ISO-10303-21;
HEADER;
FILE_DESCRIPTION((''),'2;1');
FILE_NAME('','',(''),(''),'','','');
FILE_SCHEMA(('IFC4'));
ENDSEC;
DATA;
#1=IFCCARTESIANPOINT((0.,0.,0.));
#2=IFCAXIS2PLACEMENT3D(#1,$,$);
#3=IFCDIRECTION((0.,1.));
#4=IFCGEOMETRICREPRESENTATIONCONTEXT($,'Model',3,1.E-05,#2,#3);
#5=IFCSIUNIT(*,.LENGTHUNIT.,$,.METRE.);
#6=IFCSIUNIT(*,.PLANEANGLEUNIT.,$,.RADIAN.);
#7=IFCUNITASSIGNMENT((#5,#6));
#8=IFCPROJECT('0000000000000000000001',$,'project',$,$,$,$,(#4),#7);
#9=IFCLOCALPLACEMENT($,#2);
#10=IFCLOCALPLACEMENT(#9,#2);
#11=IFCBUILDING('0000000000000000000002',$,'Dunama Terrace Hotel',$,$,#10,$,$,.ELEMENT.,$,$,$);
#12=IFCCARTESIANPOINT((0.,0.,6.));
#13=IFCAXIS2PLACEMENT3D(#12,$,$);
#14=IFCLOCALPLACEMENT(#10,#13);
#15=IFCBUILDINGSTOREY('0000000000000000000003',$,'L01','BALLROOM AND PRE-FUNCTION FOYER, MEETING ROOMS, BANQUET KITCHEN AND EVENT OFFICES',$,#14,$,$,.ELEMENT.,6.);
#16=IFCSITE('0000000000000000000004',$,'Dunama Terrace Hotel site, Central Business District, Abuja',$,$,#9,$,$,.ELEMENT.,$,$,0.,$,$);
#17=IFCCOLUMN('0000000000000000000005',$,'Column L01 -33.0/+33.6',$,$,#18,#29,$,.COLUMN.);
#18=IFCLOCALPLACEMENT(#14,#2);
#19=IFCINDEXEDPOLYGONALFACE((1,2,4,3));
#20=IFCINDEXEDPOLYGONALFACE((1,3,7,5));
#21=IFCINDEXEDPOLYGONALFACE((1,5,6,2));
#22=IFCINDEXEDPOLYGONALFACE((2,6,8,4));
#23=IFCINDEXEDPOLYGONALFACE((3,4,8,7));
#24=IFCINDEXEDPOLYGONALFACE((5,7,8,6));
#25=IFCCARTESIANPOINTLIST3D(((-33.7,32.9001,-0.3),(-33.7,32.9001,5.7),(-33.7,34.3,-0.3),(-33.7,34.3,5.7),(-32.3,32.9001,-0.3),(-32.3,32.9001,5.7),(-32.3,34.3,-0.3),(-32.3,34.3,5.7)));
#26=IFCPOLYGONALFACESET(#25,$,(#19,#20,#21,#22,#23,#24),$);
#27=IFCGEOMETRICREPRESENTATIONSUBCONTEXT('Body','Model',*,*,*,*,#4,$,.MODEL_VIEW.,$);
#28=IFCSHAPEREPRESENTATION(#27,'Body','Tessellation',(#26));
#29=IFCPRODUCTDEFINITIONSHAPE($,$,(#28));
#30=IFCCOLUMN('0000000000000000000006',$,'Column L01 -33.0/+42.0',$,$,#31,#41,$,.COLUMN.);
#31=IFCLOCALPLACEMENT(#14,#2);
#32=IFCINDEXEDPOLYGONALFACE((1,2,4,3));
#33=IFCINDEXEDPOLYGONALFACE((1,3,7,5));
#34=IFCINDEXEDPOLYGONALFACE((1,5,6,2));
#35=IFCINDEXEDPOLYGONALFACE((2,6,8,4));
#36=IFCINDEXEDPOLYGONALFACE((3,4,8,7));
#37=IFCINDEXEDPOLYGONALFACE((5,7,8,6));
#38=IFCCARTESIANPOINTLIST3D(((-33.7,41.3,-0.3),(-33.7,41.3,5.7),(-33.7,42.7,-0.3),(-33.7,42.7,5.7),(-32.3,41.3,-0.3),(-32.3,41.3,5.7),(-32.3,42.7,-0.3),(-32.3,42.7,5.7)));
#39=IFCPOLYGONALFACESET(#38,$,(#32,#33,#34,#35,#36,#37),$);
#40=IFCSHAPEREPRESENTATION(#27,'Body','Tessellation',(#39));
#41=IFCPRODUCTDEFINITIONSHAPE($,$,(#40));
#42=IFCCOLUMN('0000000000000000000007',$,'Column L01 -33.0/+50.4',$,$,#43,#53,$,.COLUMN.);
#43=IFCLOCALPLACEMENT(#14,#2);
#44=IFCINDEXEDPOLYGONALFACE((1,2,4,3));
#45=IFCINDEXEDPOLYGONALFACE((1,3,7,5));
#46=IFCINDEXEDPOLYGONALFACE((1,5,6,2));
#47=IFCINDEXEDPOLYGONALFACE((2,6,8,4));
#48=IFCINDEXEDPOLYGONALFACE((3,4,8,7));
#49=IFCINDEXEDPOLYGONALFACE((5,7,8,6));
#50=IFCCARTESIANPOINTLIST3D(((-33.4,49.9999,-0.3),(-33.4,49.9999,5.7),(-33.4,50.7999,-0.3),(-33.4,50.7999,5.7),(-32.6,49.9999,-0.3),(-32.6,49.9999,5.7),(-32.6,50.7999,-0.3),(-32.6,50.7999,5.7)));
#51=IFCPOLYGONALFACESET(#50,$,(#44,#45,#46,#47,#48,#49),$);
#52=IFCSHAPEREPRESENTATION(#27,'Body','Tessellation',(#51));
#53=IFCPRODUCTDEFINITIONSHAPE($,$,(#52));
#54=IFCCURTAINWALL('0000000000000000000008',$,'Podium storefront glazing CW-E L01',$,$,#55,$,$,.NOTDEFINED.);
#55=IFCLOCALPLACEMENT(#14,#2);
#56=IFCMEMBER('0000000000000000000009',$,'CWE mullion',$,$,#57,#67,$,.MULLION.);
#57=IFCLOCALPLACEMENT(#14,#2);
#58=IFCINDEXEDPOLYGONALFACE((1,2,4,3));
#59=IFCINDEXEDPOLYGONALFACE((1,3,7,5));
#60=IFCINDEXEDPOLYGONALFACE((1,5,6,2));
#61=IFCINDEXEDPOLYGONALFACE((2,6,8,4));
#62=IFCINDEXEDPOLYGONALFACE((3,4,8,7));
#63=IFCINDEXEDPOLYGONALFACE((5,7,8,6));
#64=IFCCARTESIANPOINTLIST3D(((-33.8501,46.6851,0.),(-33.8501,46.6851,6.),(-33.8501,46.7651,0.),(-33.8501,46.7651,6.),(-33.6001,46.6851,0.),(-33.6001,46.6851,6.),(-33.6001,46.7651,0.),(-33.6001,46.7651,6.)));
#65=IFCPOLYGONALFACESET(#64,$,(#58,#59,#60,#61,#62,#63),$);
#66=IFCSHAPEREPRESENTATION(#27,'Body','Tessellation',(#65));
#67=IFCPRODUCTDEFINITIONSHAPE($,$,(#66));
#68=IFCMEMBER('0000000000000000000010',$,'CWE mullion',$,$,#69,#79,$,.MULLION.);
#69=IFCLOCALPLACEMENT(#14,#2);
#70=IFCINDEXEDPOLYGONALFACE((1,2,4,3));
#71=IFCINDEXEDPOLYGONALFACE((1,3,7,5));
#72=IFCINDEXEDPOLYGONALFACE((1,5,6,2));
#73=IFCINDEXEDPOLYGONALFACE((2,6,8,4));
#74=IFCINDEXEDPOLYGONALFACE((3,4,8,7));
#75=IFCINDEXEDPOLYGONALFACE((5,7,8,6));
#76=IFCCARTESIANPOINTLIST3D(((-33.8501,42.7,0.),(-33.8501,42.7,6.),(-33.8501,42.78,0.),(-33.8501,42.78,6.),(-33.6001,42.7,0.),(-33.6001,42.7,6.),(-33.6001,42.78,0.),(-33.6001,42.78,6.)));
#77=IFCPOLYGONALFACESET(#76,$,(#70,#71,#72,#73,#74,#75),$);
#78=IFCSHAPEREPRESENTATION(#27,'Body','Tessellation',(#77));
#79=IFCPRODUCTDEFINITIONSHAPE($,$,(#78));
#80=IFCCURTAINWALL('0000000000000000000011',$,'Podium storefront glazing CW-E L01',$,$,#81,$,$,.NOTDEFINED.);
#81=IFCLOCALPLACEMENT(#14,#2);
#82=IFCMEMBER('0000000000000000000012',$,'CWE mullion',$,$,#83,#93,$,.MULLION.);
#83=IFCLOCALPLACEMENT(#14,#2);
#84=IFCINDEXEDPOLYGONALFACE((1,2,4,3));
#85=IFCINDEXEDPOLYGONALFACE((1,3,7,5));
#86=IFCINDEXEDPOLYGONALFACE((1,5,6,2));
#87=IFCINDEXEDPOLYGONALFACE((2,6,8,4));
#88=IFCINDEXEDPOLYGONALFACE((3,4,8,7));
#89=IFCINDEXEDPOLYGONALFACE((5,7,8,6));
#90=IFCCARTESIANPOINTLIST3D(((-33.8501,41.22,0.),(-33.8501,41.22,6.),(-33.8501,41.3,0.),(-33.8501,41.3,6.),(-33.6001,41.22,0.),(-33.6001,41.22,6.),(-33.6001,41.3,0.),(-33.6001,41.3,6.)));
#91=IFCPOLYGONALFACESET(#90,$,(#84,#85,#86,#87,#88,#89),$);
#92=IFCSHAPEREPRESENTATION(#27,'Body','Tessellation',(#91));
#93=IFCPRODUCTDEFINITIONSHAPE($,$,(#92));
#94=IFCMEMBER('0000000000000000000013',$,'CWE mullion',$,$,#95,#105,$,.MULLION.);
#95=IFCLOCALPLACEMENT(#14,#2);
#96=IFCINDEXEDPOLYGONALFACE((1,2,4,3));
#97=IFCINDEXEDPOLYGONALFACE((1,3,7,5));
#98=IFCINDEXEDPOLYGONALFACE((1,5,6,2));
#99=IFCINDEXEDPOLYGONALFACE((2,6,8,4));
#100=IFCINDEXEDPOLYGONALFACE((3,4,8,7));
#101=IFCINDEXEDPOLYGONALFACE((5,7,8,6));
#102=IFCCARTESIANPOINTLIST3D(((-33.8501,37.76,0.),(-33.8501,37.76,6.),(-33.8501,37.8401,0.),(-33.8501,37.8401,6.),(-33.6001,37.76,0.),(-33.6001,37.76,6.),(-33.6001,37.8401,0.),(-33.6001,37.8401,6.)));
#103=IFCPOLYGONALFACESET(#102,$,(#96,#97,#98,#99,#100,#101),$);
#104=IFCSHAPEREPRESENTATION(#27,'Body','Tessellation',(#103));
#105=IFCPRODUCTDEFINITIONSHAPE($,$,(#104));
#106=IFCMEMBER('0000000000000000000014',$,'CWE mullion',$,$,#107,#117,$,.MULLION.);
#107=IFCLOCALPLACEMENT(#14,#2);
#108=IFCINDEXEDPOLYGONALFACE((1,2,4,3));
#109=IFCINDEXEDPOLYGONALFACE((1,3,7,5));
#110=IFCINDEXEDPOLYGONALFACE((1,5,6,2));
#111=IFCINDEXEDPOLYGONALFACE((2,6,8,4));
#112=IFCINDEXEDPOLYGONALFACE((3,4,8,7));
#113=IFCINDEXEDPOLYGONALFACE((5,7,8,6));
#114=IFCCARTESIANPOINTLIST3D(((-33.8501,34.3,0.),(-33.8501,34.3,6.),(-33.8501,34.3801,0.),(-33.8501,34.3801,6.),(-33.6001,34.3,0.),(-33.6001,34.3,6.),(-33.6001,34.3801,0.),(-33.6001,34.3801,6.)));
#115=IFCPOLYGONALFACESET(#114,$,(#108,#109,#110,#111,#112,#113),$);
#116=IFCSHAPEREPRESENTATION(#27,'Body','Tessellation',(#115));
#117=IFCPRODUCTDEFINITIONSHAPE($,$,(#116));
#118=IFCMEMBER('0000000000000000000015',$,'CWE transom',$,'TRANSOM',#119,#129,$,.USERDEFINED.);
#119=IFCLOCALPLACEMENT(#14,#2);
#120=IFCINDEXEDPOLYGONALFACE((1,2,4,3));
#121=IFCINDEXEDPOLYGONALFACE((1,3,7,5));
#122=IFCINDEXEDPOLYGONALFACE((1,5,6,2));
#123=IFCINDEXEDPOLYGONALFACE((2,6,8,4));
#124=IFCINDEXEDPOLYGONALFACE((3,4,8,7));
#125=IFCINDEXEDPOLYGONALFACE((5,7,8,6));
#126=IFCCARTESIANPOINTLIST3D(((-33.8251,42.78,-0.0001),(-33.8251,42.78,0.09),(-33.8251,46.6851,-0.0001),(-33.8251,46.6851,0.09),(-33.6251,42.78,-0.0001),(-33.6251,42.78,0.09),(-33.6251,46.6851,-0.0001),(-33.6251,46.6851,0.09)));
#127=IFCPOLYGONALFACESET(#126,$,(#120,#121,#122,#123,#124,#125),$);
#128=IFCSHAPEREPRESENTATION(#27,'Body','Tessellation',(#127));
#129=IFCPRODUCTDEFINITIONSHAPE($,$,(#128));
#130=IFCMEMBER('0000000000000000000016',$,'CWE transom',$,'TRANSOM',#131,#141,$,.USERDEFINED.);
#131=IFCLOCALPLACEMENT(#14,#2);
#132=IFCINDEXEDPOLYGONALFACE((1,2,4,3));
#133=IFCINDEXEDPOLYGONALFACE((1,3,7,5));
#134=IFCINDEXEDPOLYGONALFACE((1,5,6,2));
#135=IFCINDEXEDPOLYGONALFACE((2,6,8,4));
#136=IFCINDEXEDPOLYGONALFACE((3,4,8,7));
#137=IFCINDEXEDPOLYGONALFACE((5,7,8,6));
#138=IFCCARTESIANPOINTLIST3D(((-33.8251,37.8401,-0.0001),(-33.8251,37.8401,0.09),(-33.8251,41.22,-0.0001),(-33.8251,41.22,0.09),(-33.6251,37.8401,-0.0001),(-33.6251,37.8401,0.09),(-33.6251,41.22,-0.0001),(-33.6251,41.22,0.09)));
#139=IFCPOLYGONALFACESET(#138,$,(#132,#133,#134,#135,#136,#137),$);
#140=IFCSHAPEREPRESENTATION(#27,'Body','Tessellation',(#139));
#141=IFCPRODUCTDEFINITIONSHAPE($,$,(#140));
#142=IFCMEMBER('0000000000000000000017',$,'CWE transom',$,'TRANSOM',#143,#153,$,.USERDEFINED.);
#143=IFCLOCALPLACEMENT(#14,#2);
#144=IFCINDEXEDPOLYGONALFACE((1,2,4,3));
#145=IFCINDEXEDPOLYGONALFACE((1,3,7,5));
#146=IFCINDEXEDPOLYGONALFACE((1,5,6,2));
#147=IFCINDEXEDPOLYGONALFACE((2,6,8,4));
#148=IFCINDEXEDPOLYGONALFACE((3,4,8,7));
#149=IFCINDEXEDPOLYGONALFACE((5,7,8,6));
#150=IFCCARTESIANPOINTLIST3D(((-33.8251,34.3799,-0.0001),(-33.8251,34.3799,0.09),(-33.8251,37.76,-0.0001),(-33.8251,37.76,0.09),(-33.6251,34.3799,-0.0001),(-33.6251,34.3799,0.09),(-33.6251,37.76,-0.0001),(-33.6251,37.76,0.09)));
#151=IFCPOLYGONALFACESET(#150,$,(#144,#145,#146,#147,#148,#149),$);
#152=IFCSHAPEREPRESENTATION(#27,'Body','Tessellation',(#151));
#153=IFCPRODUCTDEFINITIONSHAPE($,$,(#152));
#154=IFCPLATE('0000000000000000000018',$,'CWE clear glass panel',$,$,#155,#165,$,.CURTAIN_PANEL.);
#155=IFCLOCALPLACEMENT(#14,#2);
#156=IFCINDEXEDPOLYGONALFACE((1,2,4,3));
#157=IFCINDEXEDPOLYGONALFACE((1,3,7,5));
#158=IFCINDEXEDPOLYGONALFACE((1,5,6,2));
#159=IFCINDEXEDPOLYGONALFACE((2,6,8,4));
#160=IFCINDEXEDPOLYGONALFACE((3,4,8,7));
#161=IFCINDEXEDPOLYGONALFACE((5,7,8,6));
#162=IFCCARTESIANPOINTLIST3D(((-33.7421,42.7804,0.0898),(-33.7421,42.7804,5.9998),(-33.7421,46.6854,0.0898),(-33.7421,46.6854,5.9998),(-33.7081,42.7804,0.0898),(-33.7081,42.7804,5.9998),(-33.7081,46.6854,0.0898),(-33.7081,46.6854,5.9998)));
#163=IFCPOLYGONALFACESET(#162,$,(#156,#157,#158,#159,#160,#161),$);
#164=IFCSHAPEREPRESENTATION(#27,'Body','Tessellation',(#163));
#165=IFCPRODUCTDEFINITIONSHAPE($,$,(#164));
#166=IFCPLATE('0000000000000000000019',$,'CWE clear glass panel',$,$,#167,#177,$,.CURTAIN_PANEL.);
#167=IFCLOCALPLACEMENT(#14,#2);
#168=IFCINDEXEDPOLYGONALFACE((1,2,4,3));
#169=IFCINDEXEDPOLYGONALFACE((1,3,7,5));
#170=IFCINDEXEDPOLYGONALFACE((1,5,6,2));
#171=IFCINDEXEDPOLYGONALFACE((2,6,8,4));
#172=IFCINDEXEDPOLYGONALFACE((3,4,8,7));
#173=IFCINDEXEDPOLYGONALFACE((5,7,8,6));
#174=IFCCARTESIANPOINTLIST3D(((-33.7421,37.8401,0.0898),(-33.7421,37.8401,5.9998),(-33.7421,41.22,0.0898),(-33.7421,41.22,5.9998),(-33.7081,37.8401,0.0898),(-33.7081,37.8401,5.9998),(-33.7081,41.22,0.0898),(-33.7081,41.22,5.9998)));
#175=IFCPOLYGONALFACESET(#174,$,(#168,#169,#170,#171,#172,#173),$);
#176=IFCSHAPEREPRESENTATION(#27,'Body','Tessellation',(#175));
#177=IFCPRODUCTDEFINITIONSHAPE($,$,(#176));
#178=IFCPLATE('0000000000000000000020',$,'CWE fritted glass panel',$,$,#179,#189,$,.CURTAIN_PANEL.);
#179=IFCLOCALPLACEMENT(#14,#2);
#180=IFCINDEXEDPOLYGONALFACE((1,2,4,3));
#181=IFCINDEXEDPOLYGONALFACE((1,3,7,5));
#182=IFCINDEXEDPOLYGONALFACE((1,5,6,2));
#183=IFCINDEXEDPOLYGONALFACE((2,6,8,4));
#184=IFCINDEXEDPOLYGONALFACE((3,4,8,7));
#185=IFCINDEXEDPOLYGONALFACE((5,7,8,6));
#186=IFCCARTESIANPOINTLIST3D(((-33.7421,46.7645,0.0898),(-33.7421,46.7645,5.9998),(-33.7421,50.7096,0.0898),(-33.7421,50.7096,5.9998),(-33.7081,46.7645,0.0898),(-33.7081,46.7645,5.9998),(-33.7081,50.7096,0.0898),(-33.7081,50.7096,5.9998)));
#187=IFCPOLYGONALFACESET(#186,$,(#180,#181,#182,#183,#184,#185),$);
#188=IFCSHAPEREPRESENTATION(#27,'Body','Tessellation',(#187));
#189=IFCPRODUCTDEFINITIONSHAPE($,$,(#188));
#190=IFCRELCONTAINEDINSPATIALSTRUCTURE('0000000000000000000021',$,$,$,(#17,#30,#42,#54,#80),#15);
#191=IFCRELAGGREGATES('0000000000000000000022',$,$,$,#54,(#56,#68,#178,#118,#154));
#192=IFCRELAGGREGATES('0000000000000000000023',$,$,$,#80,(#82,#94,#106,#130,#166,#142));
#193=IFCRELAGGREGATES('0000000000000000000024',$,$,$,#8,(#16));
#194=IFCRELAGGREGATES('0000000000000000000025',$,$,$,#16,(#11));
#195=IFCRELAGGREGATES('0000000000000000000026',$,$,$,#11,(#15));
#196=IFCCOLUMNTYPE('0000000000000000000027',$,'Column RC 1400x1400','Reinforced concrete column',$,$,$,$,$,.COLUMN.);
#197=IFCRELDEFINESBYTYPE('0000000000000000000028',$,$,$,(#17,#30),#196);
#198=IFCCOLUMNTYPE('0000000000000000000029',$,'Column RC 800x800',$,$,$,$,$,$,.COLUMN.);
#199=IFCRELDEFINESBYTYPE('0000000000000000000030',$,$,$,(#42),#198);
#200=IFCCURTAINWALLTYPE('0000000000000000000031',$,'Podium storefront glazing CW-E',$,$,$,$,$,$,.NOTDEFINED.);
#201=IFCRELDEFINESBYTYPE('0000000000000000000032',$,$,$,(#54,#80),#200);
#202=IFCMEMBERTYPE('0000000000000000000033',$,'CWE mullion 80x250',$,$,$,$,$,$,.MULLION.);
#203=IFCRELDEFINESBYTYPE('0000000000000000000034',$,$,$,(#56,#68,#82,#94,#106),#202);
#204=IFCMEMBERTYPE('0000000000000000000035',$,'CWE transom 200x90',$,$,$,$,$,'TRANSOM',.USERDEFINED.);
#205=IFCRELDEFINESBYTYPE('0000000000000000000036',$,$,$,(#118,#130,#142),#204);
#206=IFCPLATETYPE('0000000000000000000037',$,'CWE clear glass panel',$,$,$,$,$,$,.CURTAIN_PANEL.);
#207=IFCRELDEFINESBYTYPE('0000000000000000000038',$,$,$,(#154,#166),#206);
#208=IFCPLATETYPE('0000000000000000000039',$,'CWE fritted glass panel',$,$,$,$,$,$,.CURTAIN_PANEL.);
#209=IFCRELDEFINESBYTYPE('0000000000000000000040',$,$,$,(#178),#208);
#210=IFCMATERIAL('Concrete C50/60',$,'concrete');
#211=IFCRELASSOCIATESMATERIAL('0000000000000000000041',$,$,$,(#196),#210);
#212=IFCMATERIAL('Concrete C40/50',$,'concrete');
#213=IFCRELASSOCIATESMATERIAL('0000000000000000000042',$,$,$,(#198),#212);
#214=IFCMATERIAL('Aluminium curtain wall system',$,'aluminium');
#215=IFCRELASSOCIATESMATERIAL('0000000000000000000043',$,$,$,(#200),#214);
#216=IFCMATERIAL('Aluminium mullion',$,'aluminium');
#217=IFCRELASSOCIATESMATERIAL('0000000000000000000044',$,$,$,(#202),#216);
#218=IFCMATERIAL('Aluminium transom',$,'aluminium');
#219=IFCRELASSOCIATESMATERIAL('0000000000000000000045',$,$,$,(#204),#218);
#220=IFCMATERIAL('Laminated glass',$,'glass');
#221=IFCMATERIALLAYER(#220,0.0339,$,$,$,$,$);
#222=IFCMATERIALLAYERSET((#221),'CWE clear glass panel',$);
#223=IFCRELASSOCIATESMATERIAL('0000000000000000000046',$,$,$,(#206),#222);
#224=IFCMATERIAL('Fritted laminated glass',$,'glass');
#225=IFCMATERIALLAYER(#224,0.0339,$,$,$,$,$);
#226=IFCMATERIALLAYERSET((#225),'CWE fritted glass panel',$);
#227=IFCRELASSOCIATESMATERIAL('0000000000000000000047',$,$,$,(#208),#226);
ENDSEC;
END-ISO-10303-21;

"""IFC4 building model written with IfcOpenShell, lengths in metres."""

from ifc_helpers import new_model, si_unit, direction, frame, origin, origin_2d, place, context, subcontext, project, spatial, rectangle, extrude, material, layer, layer_set, material_profile, profile_set, type_object, element, aggregate, save


model = new_model("IFC4")

# Units and contexts
model_context = context("Model", 3, precision=1e-05, world=origin(), true_north=direction((0.0, 1.0)))
body_context = subcontext(model_context, "Body", "Model", "MODEL_VIEW")
ifc_project = project(units=[si_unit("LENGTHUNIT", "METRE"), si_unit("PLANEANGLEUNIT", "RADIAN")], contexts=[model_context])

# Site, building, storey
site_placement = place(None, origin())
site = spatial("IfcSite", under=ifc_project, at=site_placement, Name="Dunama Terrace Hotel site, Central Business District, Abuja", CompositionType="ELEMENT", RefElevation=0.0)
building_placement = place(site_placement, origin())
building = spatial("IfcBuilding", under=site, at=building_placement, Name="Dunama Terrace Hotel", CompositionType="ELEMENT")
storey_placement = place(building_placement, frame((0.0, 0.0, 6.0)))
storey = spatial("IfcBuildingStorey", under=building, at=storey_placement, Name="L01", Description="BALLROOM AND PRE-FUNCTION FOYER, MEETING ROOMS, BANQUET KITCHEN AND EVENT OFFICES", CompositionType="ELEMENT", Elevation=6.0)

# Columns
ifc_material_1 = material(Name="Concrete C50/60", Category="concrete")
ifc_material_profile_1 = material_profile(ifc_material_1, rectangle(XDim=1.3999, YDim=1.3999, at=origin_2d()), Name="RC 1400x1400")
ifc_profile_set_1 = profile_set([ifc_material_profile_1], Name="Concrete C50/60")
column_type_1 = type_object("IfcColumnType", Name="Column RC 1400x1400", Description="Reinforced concrete column", PredefinedType="COLUMN", material=ifc_profile_set_1)
for number, where, z_axis, x_axis, name in (
    (1, (-33.0, 33.6001, -0.3), (0.0, 0.0, 1.0), (1.0, 0.0, 0.0), "Column L01 -33.0/+33.6"),
    (2, (-33.0, 42.0, -0.3), (0.0, 0.0, 1.0), (1.0, 0.0, 0.0), "Column L01 -33.0/+42.0"),
):
    element("IfcColumn", number, at=place(storey_placement, frame(where, z_axis=z_axis, x_axis=x_axis)), inside=storey, type_object=column_type_1, Name=name, PredefinedType="COLUMN", context=body_context, shape_type="SweptSolid", body=[
        extrude(rectangle(XDim=1.3999, YDim=1.3999, at=origin_2d()), origin(), (0.0, 0.0, 1.0), 6.0),
    ])
ifc_material_2 = material(Name="Concrete C40/50", Category="concrete")
ifc_material_profile_2 = material_profile(ifc_material_2, rectangle(XDim=0.8, YDim=0.8, at=origin_2d()), Name="RC 800x800")
ifc_profile_set_2 = profile_set([ifc_material_profile_2], Name="Concrete C40/50")
column_type_2 = type_object("IfcColumnType", Name="Column RC 800x800", PredefinedType="COLUMN", material=ifc_profile_set_2)
column_placement = place(storey_placement, frame((-33.0, 50.3999, -0.3), z_axis=(0.0, 0.0, 1.0), x_axis=(1.0, 0.0, 0.0)))
element("IfcColumn", 3, at=column_placement, inside=storey, type_object=column_type_2, Name="Column L01 -33.0/+50.4", PredefinedType="COLUMN", context=body_context, shape_type="SweptSolid", body=[
    extrude(rectangle(XDim=0.8, YDim=0.8, at=origin_2d()), origin(), (0.0, 0.0, 1.0), 6.0),
])

# Curtain walls, members
ifc_material_3 = material(Name="Aluminium curtain wall system", Category="aluminium")
curtain_wall_type = type_object("IfcCurtainWallType", Name="Podium storefront glazing CW-E", PredefinedType="NOTDEFINED", material=ifc_material_3)
curtain_wall_1_placement = place(storey_placement, origin())
curtain_wall_1 = element("IfcCurtainWall", 4, at=curtain_wall_1_placement, inside=storey, type_object=curtain_wall_type, Name="Podium storefront glazing CW-E L01", PredefinedType="NOTDEFINED")
ifc_material_4 = material(Name="Aluminium mullion", Category="aluminium")
ifc_material_profile_3 = material_profile(ifc_material_4, rectangle(XDim=0.0801, YDim=0.25, at=origin_2d()), Name="CWE MULLION 80X250")
ifc_profile_set_3 = profile_set([ifc_material_profile_3], Name="Aluminium mullion")
member_type_1 = type_object("IfcMemberType", Name="CWE mullion 80x250", PredefinedType="MULLION", material=ifc_profile_set_3)
member_1_placement = place(storey_placement, frame((-33.7251, 46.7251, 0.0), z_axis=(0.0, 0.0, 1.0), x_axis=(0.0, -1.0, 0.0)))
member_1 = element("IfcMember", 5, at=member_1_placement, type_object=member_type_1, Name="CWE mullion", PredefinedType="MULLION", context=body_context, shape_type="SweptSolid", body=[
    extrude(rectangle(XDim=0.0801, YDim=0.25, at=origin_2d()), origin(), (0.0, 0.0, 1.0), 6.0),
])
member_2_placement = place(storey_placement, frame((-33.7251, 42.74, 0.0), z_axis=(0.0, 0.0, 1.0), x_axis=(0.0, -1.0, 0.0)))
member_2 = element("IfcMember", 6, at=member_2_placement, type_object=member_type_1, Name="CWE mullion", PredefinedType="MULLION", context=body_context, shape_type="SweptSolid", body=[
    extrude(rectangle(XDim=0.0801, YDim=0.25, at=origin_2d()), origin(), (0.0, 0.0, 1.0), 6.0),
])
curtain_wall_2_placement = place(storey_placement, origin())
curtain_wall_2 = element("IfcCurtainWall", 7, at=curtain_wall_2_placement, inside=storey, type_object=curtain_wall_type, Name="Podium storefront glazing CW-E L01", PredefinedType="NOTDEFINED")
member_3_placement = place(storey_placement, frame((-33.7251, 41.26, 0.0), z_axis=(0.0, 0.0, 1.0), x_axis=(0.0, -1.0, 0.0)))
member_3 = element("IfcMember", 8, at=member_3_placement, type_object=member_type_1, Name="CWE mullion", PredefinedType="MULLION", context=body_context, shape_type="SweptSolid", body=[
    extrude(rectangle(XDim=0.0801, YDim=0.25, at=origin_2d()), origin(), (0.0, 0.0, 1.0), 6.0),
])
member_4_placement = place(storey_placement, frame((-33.7251, 37.8, 0.0), z_axis=(0.0, 0.0, 1.0), x_axis=(0.0, -1.0, 0.0)))
member_4 = element("IfcMember", 9, at=member_4_placement, type_object=member_type_1, Name="CWE mullion", PredefinedType="MULLION", context=body_context, shape_type="SweptSolid", body=[
    extrude(rectangle(XDim=0.0801, YDim=0.25, at=origin_2d()), origin(), (0.0, 0.0, 1.0), 6.0),
])
member_5_placement = place(storey_placement, frame((-33.7251, 34.3401, 0.0), z_axis=(0.0, 0.0, 1.0), x_axis=(0.0, -1.0, 0.0)))
member_5 = element("IfcMember", 10, at=member_5_placement, type_object=member_type_1, Name="CWE mullion", PredefinedType="MULLION", context=body_context, shape_type="SweptSolid", body=[
    extrude(rectangle(XDim=0.0801, YDim=0.25, at=origin_2d()), origin(), (0.0, 0.0, 1.0), 6.0),
])

# Members
ifc_material_5 = material(Name="Aluminium transom", Category="aluminium")
ifc_material_profile_4 = material_profile(ifc_material_5, rectangle(XDim=0.2, YDim=0.0901, at=origin_2d()), Name="CWE TRANSOM 200X90")
ifc_profile_set_4 = profile_set([ifc_material_profile_4], Name="Aluminium transom")
member_type_2 = type_object("IfcMemberType", Name="CWE transom 200x90", ElementType="TRANSOM", PredefinedType="USERDEFINED", material=ifc_profile_set_4)
member_6_placement = place(storey_placement, frame((-33.7251, 46.6851, 0.0449), z_axis=(0.0, -1.0, 0.0), x_axis=(1.0, 0.0, 0.0)))
member_6 = element("IfcMember", 11, at=member_6_placement, type_object=member_type_2, Name="CWE transom", ObjectType="TRANSOM", PredefinedType="USERDEFINED", context=body_context, shape_type="SweptSolid", body=[
    extrude(rectangle(XDim=0.2, YDim=0.0901, at=origin_2d()), origin(), (0.0, 0.0, 1.0), 3.905),
])
member_7_placement = place(storey_placement, frame((-33.7251, 41.22, 0.0449), z_axis=(0.0, -1.0, 0.0), x_axis=(1.0, 0.0, 0.0)))
member_7 = element("IfcMember", 12, at=member_7_placement, type_object=member_type_2, Name="CWE transom", ObjectType="TRANSOM", PredefinedType="USERDEFINED", context=body_context, shape_type="SweptSolid", body=[
    extrude(rectangle(XDim=0.2, YDim=0.0901, at=origin_2d()), origin(), (0.0, 0.0, 1.0), 3.3799),
])
member_8_placement = place(storey_placement, frame((-33.7251, 37.76, 0.0449), z_axis=(0.0, -1.0, 0.0), x_axis=(1.0, 0.0, 0.0)))
member_8 = element("IfcMember", 13, at=member_8_placement, type_object=member_type_2, Name="CWE transom", ObjectType="TRANSOM", PredefinedType="USERDEFINED", context=body_context, shape_type="SweptSolid", body=[
    extrude(rectangle(XDim=0.2, YDim=0.0901, at=origin_2d()), origin(), (0.0, 0.0, 1.0), 3.3801),
])

# Plates
ifc_material_6 = material(Name="Laminated glass", Category="glass")
ifc_layer_1 = layer(ifc_material_6, 0.0339)
ifc_layer_set_1 = layer_set([ifc_layer_1], Name="CWE clear glass panel")
plate_type_1 = type_object("IfcPlateType", Name="CWE clear glass panel", PredefinedType="CURTAIN_PANEL", material=ifc_layer_set_1)
plate_1_placement = place(storey_placement, frame((-33.7251, 44.7329, 0.0898), z_axis=(0.0, 0.0, 1.0), x_axis=(0.0, -1.0, 0.0)))
plate_1 = element("IfcPlate", 14, at=plate_1_placement, type_object=plate_type_1, Name="CWE clear glass panel", PredefinedType="CURTAIN_PANEL", context=body_context, shape_type="SweptSolid", body=[
    extrude(rectangle(XDim=3.905, YDim=0.0339, at=origin_2d()), origin(), (0.0, 0.0, 1.0), 5.9099),
])
plate_2_placement = place(storey_placement, frame((-33.7251, 39.53, 0.0898), z_axis=(0.0, 0.0, 1.0), x_axis=(0.0, -1.0, 0.0)))
plate_2 = element("IfcPlate", 15, at=plate_2_placement, type_object=plate_type_1, Name="CWE clear glass panel", PredefinedType="CURTAIN_PANEL", context=body_context, shape_type="SweptSolid", body=[
    extrude(rectangle(XDim=3.3799, YDim=0.0339, at=origin_2d()), origin(), (0.0, 0.0, 1.0), 5.9099),
])
ifc_material_7 = material(Name="Fritted laminated glass", Category="glass")
ifc_layer_2 = layer(ifc_material_7, 0.0339)
ifc_layer_set_2 = layer_set([ifc_layer_2], Name="CWE fritted glass panel")
plate_type_2 = type_object("IfcPlateType", Name="CWE fritted glass panel", PredefinedType="CURTAIN_PANEL", material=ifc_layer_set_2)
plate_3_placement = place(storey_placement, frame((-33.7251, 48.7371, 0.0898), z_axis=(0.0, 0.0, 1.0), x_axis=(0.0, -1.0, 0.0)))
plate_3 = element("IfcPlate", 16, at=plate_3_placement, type_object=plate_type_2, Name="CWE fritted glass panel", PredefinedType="CURTAIN_PANEL", context=body_context, shape_type="SweptSolid", body=[
    extrude(rectangle(XDim=3.9451, YDim=0.0339, at=origin_2d()), origin(), (0.0, 0.0, 1.0), 5.9099),
])
aggregate(curtain_wall_1, [member_1, member_2, plate_3, member_6, plate_1])
aggregate(curtain_wall_2, [member_3, member_4, member_5, member_7, plate_2, member_8])

save(model, "model.ifc")
